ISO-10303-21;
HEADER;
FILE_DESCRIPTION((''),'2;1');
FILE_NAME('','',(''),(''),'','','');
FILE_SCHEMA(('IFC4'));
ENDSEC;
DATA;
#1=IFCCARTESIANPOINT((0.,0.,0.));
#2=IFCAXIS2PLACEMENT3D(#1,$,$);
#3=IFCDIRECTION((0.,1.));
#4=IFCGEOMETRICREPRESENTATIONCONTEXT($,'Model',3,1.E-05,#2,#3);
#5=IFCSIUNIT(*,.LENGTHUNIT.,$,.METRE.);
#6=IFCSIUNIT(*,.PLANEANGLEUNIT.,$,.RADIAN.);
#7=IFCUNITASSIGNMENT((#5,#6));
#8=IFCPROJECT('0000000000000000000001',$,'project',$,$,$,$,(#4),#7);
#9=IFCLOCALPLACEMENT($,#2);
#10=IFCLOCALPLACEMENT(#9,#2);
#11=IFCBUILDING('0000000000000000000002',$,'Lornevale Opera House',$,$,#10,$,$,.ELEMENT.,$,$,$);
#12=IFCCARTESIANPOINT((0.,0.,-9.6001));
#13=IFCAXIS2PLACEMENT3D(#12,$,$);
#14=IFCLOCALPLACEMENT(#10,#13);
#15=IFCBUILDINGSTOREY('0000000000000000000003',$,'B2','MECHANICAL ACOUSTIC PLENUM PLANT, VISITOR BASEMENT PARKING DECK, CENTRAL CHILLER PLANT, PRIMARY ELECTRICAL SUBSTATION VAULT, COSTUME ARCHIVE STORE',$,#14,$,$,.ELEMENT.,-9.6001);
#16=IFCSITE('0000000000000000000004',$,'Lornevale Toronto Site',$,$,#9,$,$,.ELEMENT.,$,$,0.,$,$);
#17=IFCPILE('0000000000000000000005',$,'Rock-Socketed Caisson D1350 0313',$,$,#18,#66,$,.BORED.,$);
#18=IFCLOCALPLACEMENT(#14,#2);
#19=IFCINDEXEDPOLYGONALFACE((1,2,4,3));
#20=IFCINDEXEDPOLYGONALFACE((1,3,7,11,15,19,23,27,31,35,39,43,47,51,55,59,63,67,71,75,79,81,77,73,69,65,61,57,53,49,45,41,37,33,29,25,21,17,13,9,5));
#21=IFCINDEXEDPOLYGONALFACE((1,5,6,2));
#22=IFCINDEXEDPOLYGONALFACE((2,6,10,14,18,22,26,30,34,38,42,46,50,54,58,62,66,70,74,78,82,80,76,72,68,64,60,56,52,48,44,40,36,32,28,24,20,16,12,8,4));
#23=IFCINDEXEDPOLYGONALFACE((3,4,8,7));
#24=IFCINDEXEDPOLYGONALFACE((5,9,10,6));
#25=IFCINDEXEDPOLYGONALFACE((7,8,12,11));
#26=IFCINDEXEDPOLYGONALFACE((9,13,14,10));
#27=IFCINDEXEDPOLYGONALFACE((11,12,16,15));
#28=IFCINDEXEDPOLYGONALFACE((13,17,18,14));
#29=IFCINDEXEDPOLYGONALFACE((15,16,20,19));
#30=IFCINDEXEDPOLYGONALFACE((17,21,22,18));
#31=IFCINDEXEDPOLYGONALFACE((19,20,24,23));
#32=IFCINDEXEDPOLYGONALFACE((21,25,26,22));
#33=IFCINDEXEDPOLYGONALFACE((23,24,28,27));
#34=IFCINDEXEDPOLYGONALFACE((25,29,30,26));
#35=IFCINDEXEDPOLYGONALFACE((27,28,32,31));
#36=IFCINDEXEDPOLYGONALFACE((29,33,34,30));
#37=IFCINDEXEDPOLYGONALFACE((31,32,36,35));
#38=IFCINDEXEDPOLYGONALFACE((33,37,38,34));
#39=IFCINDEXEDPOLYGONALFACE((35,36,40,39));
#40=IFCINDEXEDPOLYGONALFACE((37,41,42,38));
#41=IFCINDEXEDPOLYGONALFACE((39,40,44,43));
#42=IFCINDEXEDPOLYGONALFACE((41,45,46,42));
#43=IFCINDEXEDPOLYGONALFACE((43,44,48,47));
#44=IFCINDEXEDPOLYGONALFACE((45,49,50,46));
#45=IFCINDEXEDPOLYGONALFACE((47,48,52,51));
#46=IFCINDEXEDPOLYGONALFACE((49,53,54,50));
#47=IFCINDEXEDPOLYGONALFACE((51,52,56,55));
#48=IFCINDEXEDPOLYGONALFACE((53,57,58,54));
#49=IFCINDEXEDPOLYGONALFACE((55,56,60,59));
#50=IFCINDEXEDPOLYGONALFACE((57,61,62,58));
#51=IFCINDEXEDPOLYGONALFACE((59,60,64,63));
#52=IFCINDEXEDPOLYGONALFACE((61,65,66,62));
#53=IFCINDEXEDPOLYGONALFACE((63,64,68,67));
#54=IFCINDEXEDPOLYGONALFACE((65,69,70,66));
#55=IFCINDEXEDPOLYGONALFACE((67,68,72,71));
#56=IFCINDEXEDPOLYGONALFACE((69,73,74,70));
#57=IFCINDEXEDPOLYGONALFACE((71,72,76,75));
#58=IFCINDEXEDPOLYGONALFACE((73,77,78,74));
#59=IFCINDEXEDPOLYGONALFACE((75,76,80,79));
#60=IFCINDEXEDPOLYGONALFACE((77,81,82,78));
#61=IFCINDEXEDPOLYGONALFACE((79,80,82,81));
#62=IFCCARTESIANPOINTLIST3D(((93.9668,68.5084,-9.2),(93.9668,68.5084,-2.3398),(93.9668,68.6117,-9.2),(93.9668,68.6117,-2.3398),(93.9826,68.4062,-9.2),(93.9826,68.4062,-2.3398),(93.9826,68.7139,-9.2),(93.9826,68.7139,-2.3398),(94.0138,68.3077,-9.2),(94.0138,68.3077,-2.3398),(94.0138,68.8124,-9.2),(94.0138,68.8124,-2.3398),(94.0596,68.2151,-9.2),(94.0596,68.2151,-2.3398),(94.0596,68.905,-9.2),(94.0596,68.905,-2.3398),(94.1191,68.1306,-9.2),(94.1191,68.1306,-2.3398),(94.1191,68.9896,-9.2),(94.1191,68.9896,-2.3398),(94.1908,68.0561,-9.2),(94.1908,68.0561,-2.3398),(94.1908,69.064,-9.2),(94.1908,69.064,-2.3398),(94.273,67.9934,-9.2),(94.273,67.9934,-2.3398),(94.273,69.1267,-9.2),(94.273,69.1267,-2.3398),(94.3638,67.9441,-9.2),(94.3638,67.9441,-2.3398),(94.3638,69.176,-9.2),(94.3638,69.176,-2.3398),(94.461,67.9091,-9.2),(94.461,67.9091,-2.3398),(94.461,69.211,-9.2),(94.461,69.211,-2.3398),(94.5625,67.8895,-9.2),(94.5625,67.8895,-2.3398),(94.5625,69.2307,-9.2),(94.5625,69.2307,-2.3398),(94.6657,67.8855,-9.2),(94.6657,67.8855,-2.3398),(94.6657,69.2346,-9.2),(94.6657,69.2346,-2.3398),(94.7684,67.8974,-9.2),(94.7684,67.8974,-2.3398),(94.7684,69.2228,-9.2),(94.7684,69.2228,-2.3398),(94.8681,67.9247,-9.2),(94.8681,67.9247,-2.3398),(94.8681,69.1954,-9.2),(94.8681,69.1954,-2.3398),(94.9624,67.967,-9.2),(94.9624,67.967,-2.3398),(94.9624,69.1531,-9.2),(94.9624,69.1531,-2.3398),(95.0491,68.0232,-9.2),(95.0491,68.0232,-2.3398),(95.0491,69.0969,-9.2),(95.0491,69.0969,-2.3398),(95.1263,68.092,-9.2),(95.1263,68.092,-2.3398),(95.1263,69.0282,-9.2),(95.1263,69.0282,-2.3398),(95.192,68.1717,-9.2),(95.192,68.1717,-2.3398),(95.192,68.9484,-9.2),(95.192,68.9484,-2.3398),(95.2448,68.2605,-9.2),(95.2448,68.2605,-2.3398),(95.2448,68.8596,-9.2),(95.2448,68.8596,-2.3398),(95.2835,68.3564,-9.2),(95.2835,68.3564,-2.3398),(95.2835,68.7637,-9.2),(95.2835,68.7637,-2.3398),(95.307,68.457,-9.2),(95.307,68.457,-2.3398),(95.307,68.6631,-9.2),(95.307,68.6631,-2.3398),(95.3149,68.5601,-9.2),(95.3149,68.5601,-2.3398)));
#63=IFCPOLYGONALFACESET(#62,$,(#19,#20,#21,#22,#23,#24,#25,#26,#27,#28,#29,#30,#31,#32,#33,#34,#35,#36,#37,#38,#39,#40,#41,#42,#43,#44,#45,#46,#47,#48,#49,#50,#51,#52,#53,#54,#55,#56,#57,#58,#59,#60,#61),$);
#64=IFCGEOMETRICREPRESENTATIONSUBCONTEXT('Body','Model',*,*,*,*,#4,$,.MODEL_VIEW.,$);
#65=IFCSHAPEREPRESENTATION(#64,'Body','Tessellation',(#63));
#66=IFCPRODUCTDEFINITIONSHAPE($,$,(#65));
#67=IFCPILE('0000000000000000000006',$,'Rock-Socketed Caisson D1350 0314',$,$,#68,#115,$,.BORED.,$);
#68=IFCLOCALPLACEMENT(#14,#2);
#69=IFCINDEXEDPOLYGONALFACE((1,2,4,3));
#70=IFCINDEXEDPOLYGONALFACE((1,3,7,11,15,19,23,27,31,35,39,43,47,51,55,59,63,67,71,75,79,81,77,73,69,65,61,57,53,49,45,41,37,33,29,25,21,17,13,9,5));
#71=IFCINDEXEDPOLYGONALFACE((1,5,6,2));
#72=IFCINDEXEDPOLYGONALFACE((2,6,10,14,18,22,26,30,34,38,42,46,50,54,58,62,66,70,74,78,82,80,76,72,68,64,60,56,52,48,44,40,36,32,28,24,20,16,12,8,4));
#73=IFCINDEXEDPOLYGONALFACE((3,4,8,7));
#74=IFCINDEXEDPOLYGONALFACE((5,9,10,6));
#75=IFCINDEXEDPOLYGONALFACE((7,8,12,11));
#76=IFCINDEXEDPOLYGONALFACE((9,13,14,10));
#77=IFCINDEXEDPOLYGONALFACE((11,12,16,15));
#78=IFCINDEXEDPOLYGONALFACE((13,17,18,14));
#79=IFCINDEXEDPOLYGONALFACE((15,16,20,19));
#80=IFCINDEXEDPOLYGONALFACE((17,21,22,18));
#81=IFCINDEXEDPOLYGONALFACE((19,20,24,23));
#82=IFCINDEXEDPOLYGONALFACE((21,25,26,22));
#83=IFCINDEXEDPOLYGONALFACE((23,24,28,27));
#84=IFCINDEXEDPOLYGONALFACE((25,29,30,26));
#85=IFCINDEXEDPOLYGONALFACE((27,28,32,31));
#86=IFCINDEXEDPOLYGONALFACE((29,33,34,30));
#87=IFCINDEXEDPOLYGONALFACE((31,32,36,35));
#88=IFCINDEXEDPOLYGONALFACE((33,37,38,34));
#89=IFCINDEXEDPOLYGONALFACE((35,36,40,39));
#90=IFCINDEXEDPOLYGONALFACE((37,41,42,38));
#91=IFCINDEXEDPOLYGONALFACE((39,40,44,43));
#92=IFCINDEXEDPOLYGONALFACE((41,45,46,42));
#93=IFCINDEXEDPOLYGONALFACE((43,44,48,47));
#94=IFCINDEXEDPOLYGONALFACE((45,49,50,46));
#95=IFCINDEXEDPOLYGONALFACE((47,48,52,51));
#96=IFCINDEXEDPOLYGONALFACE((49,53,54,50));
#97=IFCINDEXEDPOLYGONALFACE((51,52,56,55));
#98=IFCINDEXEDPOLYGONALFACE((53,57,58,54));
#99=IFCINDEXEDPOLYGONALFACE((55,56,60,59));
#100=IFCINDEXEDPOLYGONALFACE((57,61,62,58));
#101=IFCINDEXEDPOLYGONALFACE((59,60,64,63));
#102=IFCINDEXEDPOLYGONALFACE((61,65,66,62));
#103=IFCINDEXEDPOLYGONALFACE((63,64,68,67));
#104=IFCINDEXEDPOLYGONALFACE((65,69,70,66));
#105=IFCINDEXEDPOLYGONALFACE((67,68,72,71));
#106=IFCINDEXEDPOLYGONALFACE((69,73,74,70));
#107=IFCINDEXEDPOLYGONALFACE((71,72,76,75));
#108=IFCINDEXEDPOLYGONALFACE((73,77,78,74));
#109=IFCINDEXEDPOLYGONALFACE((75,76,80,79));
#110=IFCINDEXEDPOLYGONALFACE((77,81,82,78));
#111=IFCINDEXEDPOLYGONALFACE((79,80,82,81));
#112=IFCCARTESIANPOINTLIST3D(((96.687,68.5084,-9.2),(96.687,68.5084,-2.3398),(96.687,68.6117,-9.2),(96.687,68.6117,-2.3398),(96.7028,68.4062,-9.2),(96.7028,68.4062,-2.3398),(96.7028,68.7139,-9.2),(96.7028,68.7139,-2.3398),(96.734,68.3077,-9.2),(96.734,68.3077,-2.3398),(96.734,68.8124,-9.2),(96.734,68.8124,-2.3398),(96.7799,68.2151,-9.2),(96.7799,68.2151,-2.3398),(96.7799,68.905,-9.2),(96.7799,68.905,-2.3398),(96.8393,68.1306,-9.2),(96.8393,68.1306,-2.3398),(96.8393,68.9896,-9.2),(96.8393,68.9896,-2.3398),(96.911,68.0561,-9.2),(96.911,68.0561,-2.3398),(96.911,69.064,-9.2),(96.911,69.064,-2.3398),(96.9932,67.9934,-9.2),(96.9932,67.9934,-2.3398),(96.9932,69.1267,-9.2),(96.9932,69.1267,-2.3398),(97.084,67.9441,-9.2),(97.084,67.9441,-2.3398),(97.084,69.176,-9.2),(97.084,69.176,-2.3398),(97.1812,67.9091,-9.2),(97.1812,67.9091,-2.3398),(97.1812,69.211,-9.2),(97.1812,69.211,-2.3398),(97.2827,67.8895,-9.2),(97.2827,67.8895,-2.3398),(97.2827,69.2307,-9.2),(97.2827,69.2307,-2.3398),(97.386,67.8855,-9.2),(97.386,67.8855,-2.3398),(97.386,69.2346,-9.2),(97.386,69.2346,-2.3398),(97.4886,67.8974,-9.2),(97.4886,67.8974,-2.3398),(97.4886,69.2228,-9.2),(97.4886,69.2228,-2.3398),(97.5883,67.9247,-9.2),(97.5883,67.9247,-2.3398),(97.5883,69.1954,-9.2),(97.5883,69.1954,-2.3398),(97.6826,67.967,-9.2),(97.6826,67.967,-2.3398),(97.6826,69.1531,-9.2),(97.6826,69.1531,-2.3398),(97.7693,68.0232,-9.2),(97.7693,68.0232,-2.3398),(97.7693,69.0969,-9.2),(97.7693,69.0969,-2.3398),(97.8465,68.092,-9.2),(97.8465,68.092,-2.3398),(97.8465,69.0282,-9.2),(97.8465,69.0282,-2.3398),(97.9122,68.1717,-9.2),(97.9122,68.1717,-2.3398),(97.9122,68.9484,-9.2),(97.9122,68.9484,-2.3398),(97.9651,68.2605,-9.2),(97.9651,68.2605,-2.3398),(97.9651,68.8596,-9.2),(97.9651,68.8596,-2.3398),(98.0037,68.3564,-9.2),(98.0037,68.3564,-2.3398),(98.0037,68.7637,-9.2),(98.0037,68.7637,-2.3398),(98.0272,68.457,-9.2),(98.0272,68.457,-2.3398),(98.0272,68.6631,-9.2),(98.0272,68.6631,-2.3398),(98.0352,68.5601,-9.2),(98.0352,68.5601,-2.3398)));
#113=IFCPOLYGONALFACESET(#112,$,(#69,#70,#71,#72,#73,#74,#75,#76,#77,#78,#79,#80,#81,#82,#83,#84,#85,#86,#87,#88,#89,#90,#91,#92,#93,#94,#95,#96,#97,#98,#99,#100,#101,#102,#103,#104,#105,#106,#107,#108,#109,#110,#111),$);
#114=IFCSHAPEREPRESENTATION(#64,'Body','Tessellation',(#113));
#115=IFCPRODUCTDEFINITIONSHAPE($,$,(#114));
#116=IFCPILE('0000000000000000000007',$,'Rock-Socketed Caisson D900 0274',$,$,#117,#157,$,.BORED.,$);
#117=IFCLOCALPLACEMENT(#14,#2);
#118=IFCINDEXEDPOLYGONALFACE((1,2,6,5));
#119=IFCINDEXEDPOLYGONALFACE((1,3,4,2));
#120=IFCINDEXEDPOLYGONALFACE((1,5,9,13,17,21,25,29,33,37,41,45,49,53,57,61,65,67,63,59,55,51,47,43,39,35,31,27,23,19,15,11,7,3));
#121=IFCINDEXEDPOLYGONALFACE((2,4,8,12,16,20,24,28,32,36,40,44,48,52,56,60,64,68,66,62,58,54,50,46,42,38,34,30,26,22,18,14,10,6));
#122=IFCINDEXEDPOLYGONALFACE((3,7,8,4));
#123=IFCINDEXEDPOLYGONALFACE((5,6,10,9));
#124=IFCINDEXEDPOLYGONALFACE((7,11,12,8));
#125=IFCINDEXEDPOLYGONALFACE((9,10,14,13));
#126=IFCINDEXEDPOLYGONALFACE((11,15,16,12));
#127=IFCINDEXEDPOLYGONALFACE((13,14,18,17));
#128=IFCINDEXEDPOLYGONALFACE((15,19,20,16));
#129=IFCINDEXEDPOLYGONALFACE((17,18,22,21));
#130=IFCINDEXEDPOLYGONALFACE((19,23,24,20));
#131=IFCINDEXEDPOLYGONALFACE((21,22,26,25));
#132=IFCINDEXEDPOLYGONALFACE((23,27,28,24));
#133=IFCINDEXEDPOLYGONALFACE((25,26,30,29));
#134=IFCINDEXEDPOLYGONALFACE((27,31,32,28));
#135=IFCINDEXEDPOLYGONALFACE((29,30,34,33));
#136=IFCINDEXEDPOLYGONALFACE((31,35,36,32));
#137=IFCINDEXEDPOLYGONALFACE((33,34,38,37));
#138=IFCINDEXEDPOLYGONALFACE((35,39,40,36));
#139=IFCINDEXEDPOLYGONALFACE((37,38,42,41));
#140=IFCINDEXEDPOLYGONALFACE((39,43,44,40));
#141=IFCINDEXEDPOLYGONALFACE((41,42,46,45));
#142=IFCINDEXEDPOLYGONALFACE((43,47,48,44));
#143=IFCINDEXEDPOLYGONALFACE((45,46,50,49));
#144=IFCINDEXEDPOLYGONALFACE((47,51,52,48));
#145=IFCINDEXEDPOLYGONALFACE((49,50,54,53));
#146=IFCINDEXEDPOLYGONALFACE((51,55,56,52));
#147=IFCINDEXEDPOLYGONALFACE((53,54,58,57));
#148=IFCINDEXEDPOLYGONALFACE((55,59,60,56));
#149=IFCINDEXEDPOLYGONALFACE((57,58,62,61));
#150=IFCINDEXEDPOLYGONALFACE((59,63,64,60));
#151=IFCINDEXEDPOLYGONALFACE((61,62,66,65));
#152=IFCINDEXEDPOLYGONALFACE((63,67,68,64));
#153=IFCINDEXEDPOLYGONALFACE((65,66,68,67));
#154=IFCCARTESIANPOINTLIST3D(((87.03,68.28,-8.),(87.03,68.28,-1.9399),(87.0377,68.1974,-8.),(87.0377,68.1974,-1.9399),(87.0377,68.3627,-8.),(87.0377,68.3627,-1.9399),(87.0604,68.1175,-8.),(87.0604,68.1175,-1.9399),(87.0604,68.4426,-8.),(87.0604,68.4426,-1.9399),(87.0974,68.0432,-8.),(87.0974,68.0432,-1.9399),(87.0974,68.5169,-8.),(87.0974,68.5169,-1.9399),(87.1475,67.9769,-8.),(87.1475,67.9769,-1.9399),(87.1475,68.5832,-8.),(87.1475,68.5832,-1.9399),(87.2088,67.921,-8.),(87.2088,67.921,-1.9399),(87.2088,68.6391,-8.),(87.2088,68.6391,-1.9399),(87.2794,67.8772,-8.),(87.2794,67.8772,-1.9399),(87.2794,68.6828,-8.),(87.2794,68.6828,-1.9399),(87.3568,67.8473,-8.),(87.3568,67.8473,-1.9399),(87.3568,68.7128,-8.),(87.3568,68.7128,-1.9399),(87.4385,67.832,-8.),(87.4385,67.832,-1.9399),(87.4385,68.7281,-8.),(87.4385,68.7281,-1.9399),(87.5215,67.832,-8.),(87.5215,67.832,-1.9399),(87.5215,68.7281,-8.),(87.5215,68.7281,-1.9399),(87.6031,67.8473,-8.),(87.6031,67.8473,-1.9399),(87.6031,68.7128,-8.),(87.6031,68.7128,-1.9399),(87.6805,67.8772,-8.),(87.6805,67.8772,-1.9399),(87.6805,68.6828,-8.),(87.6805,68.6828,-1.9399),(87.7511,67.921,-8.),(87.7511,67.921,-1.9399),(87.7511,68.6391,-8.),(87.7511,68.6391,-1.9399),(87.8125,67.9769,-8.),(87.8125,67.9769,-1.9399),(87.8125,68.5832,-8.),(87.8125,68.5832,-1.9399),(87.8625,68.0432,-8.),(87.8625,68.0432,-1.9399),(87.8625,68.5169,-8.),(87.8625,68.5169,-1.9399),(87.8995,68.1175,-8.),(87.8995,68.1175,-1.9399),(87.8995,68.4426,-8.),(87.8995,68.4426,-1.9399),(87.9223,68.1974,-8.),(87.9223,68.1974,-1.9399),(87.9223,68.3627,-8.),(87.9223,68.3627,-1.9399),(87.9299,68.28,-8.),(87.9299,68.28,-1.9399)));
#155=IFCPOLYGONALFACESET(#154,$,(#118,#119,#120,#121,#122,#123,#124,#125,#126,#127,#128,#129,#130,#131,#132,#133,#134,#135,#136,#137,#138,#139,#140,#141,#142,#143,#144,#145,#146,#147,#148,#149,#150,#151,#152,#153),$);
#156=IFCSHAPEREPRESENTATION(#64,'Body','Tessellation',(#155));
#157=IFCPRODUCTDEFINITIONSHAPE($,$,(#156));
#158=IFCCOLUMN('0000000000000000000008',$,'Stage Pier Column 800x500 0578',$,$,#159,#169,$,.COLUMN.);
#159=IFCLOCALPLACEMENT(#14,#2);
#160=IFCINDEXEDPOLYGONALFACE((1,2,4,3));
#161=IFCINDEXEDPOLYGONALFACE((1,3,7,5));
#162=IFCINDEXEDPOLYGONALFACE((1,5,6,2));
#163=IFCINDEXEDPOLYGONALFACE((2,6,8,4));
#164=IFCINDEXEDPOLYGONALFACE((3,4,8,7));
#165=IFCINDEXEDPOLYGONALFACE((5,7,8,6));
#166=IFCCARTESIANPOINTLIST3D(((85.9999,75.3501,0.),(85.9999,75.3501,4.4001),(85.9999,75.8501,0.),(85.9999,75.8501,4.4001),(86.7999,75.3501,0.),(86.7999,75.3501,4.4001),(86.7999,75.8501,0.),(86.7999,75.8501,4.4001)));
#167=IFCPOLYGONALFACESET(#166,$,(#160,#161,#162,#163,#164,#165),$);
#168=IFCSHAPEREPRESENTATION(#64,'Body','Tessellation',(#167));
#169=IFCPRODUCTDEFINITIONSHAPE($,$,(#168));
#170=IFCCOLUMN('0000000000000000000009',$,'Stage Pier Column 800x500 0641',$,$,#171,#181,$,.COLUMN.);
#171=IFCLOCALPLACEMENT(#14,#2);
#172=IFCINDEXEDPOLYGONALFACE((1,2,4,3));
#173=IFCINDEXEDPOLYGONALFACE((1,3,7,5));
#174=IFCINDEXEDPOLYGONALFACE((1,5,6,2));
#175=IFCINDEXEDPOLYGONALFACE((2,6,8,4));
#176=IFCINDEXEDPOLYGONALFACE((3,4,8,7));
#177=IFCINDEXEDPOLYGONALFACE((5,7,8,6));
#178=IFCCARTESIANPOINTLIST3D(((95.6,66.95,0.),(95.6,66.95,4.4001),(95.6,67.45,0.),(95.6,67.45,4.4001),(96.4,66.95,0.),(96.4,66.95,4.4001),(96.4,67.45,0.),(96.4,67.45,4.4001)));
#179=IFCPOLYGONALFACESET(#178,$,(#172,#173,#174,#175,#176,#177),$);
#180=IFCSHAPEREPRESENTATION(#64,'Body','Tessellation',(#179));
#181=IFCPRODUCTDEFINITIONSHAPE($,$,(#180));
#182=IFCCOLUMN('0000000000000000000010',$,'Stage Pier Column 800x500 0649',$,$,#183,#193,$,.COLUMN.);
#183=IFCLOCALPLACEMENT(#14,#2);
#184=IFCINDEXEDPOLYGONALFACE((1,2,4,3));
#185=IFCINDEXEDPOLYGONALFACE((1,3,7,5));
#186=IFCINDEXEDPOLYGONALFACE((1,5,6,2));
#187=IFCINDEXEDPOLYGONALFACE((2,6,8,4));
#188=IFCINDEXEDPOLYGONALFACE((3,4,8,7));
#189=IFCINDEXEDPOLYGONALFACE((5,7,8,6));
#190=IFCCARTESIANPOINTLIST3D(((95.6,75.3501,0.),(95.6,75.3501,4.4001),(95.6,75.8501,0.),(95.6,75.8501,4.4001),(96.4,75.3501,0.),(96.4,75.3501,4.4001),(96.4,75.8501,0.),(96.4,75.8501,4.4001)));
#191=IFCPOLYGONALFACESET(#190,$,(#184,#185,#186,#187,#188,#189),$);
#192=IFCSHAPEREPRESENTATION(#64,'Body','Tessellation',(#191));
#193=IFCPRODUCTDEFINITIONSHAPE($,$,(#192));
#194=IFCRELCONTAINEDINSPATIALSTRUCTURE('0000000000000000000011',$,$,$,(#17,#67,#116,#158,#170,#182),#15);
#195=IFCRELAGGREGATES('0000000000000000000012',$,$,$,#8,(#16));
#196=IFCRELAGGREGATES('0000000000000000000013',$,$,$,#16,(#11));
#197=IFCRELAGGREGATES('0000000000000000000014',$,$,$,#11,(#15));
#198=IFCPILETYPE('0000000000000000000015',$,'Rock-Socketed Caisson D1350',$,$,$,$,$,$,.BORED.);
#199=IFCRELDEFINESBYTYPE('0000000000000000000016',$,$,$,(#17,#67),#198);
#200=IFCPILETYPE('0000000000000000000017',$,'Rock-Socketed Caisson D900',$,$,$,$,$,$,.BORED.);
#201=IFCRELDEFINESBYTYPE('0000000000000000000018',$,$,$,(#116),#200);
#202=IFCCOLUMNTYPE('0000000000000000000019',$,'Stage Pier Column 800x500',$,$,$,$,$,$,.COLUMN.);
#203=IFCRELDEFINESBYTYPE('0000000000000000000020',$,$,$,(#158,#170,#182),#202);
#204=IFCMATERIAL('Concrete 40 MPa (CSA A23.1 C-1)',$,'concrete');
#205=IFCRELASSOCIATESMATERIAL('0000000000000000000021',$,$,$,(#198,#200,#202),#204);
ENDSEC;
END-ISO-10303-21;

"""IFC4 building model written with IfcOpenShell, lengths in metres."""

from ifc_helpers import new_model, si_unit, direction, frame, origin, origin_2d, place, context, subcontext, project, spatial, rectangle, circle, extrude, material, material_profile, profile_set, type_object, element, save


model = new_model("IFC4")

# Units and contexts
model_context = context("Model", 3, precision=1e-05, world=origin(), true_north=direction((0.0, 1.0)))
body_context = subcontext(model_context, "Body", "Model", "MODEL_VIEW")
ifc_project = project(units=[si_unit("LENGTHUNIT", "METRE"), si_unit("PLANEANGLEUNIT", "RADIAN")], contexts=[model_context])

# Site, building, storey
site_placement = place(None, origin())
site = spatial("IfcSite", under=ifc_project, at=site_placement, Name="Lornevale Toronto Site", CompositionType="ELEMENT", RefElevation=0.0)
building_placement = place(site_placement, origin())
building = spatial("IfcBuilding", under=site, at=building_placement, Name="Lornevale Opera House", CompositionType="ELEMENT")
storey_placement = place(building_placement, frame((0.0, 0.0, -9.6001)))
storey = spatial("IfcBuildingStorey", under=building, at=storey_placement, Name="B2", Description="MECHANICAL ACOUSTIC PLENUM PLANT, VISITOR BASEMENT PARKING DECK, CENTRAL CHILLER PLANT, PRIMARY ELECTRICAL SUBSTATION VAULT, COSTUME ARCHIVE STORE", CompositionType="ELEMENT", Elevation=-9.6001)

# Piles
ifc_material_1 = material(Name="Concrete 40 MPa (CSA A23.1 C-1)", Category="concrete")
ifc_material_profile_1 = material_profile(ifc_material_1, circle(Radius=0.675, at=origin_2d()), Name="CAIS1350")
ifc_profile_set_1 = profile_set([ifc_material_profile_1], Name="Concrete 40 MPa (CSA A23.1 C-1)")
pile_type_1 = type_object("IfcPileType", Name="Rock-Socketed Caisson D1350", PredefinedType="BORED", material=ifc_profile_set_1)
for number, where, z_axis, x_axis, name in (
    (1, (94.6399, 68.5601, -2.3398), (0.0, 0.0, -1.0), (1.0, 0.0, 0.0), "Rock-Socketed Caisson D1350 0313"),
    (2, (97.3601, 68.5601, -2.3398), (0.0, 0.0, -1.0), (1.0, 0.0, 0.0), "Rock-Socketed Caisson D1350 0314"),
):
    element("IfcPile", number, at=place(storey_placement, frame(where, z_axis=z_axis, x_axis=x_axis)), inside=storey, type_object=pile_type_1, Name=name, PredefinedType="BORED", context=body_context, shape_type="SweptSolid", body=[
        extrude(circle(Radius=0.675, at=origin_2d()), origin(), (0.0, 0.0, 1.0), 6.8601),
    ])
ifc_material_profile_2 = material_profile(ifc_material_1, circle(Radius=0.45, at=origin_2d()), Name="CAIS900")
ifc_profile_set_2 = profile_set([ifc_material_profile_2], Name="Concrete 40 MPa (CSA A23.1 C-1)")
pile_type_2 = type_object("IfcPileType", Name="Rock-Socketed Caisson D900", PredefinedType="BORED", material=ifc_profile_set_2)
pile_placement = place(storey_placement, frame((87.48, 68.28, -1.9399), z_axis=(0.0, 0.0, -1.0), x_axis=(1.0, 0.0, 0.0)))
element("IfcPile", 3, at=pile_placement, inside=storey, type_object=pile_type_2, Name="Rock-Socketed Caisson D900 0274", PredefinedType="BORED", context=body_context, shape_type="SweptSolid", body=[
    extrude(circle(Radius=0.45, at=origin_2d()), origin(), (0.0, 0.0, 1.0), 6.0601),
])

# Columns
ifc_material_profile_3 = material_profile(ifc_material_1, rectangle(XDim=0.8, YDim=0.5, at=origin_2d()), Name="RC800x500")
ifc_profile_set_3 = profile_set([ifc_material_profile_3], Name="Concrete 40 MPa (CSA A23.1 C-1)")
column_type = type_object("IfcColumnType", Name="Stage Pier Column 800x500", PredefinedType="COLUMN", material=ifc_profile_set_3)
for number, where, z_axis, x_axis, name in (
    (4, (86.3999, 75.6001, 0.0), (0.0, 0.0, 1.0), (1.0, 0.0, 0.0), "Stage Pier Column 800x500 0578"),
    (5, (96.0, 67.2, 0.0), (0.0, 0.0, 1.0), (1.0, 0.0, 0.0), "Stage Pier Column 800x500 0641"),
    (6, (96.0, 75.6001, 0.0), (0.0, 0.0, 1.0), (1.0, 0.0, 0.0), "Stage Pier Column 800x500 0649"),
):
    element("IfcColumn", number, at=place(storey_placement, frame(where, z_axis=z_axis, x_axis=x_axis)), inside=storey, type_object=column_type, Name=name, PredefinedType="COLUMN", context=body_context, shape_type="SweptSolid", body=[
        extrude(rectangle(XDim=0.8, YDim=0.5, at=origin_2d()), origin(), (0.0, 0.0, 1.0), 4.4001),
    ])

save(model, "model.ifc")
